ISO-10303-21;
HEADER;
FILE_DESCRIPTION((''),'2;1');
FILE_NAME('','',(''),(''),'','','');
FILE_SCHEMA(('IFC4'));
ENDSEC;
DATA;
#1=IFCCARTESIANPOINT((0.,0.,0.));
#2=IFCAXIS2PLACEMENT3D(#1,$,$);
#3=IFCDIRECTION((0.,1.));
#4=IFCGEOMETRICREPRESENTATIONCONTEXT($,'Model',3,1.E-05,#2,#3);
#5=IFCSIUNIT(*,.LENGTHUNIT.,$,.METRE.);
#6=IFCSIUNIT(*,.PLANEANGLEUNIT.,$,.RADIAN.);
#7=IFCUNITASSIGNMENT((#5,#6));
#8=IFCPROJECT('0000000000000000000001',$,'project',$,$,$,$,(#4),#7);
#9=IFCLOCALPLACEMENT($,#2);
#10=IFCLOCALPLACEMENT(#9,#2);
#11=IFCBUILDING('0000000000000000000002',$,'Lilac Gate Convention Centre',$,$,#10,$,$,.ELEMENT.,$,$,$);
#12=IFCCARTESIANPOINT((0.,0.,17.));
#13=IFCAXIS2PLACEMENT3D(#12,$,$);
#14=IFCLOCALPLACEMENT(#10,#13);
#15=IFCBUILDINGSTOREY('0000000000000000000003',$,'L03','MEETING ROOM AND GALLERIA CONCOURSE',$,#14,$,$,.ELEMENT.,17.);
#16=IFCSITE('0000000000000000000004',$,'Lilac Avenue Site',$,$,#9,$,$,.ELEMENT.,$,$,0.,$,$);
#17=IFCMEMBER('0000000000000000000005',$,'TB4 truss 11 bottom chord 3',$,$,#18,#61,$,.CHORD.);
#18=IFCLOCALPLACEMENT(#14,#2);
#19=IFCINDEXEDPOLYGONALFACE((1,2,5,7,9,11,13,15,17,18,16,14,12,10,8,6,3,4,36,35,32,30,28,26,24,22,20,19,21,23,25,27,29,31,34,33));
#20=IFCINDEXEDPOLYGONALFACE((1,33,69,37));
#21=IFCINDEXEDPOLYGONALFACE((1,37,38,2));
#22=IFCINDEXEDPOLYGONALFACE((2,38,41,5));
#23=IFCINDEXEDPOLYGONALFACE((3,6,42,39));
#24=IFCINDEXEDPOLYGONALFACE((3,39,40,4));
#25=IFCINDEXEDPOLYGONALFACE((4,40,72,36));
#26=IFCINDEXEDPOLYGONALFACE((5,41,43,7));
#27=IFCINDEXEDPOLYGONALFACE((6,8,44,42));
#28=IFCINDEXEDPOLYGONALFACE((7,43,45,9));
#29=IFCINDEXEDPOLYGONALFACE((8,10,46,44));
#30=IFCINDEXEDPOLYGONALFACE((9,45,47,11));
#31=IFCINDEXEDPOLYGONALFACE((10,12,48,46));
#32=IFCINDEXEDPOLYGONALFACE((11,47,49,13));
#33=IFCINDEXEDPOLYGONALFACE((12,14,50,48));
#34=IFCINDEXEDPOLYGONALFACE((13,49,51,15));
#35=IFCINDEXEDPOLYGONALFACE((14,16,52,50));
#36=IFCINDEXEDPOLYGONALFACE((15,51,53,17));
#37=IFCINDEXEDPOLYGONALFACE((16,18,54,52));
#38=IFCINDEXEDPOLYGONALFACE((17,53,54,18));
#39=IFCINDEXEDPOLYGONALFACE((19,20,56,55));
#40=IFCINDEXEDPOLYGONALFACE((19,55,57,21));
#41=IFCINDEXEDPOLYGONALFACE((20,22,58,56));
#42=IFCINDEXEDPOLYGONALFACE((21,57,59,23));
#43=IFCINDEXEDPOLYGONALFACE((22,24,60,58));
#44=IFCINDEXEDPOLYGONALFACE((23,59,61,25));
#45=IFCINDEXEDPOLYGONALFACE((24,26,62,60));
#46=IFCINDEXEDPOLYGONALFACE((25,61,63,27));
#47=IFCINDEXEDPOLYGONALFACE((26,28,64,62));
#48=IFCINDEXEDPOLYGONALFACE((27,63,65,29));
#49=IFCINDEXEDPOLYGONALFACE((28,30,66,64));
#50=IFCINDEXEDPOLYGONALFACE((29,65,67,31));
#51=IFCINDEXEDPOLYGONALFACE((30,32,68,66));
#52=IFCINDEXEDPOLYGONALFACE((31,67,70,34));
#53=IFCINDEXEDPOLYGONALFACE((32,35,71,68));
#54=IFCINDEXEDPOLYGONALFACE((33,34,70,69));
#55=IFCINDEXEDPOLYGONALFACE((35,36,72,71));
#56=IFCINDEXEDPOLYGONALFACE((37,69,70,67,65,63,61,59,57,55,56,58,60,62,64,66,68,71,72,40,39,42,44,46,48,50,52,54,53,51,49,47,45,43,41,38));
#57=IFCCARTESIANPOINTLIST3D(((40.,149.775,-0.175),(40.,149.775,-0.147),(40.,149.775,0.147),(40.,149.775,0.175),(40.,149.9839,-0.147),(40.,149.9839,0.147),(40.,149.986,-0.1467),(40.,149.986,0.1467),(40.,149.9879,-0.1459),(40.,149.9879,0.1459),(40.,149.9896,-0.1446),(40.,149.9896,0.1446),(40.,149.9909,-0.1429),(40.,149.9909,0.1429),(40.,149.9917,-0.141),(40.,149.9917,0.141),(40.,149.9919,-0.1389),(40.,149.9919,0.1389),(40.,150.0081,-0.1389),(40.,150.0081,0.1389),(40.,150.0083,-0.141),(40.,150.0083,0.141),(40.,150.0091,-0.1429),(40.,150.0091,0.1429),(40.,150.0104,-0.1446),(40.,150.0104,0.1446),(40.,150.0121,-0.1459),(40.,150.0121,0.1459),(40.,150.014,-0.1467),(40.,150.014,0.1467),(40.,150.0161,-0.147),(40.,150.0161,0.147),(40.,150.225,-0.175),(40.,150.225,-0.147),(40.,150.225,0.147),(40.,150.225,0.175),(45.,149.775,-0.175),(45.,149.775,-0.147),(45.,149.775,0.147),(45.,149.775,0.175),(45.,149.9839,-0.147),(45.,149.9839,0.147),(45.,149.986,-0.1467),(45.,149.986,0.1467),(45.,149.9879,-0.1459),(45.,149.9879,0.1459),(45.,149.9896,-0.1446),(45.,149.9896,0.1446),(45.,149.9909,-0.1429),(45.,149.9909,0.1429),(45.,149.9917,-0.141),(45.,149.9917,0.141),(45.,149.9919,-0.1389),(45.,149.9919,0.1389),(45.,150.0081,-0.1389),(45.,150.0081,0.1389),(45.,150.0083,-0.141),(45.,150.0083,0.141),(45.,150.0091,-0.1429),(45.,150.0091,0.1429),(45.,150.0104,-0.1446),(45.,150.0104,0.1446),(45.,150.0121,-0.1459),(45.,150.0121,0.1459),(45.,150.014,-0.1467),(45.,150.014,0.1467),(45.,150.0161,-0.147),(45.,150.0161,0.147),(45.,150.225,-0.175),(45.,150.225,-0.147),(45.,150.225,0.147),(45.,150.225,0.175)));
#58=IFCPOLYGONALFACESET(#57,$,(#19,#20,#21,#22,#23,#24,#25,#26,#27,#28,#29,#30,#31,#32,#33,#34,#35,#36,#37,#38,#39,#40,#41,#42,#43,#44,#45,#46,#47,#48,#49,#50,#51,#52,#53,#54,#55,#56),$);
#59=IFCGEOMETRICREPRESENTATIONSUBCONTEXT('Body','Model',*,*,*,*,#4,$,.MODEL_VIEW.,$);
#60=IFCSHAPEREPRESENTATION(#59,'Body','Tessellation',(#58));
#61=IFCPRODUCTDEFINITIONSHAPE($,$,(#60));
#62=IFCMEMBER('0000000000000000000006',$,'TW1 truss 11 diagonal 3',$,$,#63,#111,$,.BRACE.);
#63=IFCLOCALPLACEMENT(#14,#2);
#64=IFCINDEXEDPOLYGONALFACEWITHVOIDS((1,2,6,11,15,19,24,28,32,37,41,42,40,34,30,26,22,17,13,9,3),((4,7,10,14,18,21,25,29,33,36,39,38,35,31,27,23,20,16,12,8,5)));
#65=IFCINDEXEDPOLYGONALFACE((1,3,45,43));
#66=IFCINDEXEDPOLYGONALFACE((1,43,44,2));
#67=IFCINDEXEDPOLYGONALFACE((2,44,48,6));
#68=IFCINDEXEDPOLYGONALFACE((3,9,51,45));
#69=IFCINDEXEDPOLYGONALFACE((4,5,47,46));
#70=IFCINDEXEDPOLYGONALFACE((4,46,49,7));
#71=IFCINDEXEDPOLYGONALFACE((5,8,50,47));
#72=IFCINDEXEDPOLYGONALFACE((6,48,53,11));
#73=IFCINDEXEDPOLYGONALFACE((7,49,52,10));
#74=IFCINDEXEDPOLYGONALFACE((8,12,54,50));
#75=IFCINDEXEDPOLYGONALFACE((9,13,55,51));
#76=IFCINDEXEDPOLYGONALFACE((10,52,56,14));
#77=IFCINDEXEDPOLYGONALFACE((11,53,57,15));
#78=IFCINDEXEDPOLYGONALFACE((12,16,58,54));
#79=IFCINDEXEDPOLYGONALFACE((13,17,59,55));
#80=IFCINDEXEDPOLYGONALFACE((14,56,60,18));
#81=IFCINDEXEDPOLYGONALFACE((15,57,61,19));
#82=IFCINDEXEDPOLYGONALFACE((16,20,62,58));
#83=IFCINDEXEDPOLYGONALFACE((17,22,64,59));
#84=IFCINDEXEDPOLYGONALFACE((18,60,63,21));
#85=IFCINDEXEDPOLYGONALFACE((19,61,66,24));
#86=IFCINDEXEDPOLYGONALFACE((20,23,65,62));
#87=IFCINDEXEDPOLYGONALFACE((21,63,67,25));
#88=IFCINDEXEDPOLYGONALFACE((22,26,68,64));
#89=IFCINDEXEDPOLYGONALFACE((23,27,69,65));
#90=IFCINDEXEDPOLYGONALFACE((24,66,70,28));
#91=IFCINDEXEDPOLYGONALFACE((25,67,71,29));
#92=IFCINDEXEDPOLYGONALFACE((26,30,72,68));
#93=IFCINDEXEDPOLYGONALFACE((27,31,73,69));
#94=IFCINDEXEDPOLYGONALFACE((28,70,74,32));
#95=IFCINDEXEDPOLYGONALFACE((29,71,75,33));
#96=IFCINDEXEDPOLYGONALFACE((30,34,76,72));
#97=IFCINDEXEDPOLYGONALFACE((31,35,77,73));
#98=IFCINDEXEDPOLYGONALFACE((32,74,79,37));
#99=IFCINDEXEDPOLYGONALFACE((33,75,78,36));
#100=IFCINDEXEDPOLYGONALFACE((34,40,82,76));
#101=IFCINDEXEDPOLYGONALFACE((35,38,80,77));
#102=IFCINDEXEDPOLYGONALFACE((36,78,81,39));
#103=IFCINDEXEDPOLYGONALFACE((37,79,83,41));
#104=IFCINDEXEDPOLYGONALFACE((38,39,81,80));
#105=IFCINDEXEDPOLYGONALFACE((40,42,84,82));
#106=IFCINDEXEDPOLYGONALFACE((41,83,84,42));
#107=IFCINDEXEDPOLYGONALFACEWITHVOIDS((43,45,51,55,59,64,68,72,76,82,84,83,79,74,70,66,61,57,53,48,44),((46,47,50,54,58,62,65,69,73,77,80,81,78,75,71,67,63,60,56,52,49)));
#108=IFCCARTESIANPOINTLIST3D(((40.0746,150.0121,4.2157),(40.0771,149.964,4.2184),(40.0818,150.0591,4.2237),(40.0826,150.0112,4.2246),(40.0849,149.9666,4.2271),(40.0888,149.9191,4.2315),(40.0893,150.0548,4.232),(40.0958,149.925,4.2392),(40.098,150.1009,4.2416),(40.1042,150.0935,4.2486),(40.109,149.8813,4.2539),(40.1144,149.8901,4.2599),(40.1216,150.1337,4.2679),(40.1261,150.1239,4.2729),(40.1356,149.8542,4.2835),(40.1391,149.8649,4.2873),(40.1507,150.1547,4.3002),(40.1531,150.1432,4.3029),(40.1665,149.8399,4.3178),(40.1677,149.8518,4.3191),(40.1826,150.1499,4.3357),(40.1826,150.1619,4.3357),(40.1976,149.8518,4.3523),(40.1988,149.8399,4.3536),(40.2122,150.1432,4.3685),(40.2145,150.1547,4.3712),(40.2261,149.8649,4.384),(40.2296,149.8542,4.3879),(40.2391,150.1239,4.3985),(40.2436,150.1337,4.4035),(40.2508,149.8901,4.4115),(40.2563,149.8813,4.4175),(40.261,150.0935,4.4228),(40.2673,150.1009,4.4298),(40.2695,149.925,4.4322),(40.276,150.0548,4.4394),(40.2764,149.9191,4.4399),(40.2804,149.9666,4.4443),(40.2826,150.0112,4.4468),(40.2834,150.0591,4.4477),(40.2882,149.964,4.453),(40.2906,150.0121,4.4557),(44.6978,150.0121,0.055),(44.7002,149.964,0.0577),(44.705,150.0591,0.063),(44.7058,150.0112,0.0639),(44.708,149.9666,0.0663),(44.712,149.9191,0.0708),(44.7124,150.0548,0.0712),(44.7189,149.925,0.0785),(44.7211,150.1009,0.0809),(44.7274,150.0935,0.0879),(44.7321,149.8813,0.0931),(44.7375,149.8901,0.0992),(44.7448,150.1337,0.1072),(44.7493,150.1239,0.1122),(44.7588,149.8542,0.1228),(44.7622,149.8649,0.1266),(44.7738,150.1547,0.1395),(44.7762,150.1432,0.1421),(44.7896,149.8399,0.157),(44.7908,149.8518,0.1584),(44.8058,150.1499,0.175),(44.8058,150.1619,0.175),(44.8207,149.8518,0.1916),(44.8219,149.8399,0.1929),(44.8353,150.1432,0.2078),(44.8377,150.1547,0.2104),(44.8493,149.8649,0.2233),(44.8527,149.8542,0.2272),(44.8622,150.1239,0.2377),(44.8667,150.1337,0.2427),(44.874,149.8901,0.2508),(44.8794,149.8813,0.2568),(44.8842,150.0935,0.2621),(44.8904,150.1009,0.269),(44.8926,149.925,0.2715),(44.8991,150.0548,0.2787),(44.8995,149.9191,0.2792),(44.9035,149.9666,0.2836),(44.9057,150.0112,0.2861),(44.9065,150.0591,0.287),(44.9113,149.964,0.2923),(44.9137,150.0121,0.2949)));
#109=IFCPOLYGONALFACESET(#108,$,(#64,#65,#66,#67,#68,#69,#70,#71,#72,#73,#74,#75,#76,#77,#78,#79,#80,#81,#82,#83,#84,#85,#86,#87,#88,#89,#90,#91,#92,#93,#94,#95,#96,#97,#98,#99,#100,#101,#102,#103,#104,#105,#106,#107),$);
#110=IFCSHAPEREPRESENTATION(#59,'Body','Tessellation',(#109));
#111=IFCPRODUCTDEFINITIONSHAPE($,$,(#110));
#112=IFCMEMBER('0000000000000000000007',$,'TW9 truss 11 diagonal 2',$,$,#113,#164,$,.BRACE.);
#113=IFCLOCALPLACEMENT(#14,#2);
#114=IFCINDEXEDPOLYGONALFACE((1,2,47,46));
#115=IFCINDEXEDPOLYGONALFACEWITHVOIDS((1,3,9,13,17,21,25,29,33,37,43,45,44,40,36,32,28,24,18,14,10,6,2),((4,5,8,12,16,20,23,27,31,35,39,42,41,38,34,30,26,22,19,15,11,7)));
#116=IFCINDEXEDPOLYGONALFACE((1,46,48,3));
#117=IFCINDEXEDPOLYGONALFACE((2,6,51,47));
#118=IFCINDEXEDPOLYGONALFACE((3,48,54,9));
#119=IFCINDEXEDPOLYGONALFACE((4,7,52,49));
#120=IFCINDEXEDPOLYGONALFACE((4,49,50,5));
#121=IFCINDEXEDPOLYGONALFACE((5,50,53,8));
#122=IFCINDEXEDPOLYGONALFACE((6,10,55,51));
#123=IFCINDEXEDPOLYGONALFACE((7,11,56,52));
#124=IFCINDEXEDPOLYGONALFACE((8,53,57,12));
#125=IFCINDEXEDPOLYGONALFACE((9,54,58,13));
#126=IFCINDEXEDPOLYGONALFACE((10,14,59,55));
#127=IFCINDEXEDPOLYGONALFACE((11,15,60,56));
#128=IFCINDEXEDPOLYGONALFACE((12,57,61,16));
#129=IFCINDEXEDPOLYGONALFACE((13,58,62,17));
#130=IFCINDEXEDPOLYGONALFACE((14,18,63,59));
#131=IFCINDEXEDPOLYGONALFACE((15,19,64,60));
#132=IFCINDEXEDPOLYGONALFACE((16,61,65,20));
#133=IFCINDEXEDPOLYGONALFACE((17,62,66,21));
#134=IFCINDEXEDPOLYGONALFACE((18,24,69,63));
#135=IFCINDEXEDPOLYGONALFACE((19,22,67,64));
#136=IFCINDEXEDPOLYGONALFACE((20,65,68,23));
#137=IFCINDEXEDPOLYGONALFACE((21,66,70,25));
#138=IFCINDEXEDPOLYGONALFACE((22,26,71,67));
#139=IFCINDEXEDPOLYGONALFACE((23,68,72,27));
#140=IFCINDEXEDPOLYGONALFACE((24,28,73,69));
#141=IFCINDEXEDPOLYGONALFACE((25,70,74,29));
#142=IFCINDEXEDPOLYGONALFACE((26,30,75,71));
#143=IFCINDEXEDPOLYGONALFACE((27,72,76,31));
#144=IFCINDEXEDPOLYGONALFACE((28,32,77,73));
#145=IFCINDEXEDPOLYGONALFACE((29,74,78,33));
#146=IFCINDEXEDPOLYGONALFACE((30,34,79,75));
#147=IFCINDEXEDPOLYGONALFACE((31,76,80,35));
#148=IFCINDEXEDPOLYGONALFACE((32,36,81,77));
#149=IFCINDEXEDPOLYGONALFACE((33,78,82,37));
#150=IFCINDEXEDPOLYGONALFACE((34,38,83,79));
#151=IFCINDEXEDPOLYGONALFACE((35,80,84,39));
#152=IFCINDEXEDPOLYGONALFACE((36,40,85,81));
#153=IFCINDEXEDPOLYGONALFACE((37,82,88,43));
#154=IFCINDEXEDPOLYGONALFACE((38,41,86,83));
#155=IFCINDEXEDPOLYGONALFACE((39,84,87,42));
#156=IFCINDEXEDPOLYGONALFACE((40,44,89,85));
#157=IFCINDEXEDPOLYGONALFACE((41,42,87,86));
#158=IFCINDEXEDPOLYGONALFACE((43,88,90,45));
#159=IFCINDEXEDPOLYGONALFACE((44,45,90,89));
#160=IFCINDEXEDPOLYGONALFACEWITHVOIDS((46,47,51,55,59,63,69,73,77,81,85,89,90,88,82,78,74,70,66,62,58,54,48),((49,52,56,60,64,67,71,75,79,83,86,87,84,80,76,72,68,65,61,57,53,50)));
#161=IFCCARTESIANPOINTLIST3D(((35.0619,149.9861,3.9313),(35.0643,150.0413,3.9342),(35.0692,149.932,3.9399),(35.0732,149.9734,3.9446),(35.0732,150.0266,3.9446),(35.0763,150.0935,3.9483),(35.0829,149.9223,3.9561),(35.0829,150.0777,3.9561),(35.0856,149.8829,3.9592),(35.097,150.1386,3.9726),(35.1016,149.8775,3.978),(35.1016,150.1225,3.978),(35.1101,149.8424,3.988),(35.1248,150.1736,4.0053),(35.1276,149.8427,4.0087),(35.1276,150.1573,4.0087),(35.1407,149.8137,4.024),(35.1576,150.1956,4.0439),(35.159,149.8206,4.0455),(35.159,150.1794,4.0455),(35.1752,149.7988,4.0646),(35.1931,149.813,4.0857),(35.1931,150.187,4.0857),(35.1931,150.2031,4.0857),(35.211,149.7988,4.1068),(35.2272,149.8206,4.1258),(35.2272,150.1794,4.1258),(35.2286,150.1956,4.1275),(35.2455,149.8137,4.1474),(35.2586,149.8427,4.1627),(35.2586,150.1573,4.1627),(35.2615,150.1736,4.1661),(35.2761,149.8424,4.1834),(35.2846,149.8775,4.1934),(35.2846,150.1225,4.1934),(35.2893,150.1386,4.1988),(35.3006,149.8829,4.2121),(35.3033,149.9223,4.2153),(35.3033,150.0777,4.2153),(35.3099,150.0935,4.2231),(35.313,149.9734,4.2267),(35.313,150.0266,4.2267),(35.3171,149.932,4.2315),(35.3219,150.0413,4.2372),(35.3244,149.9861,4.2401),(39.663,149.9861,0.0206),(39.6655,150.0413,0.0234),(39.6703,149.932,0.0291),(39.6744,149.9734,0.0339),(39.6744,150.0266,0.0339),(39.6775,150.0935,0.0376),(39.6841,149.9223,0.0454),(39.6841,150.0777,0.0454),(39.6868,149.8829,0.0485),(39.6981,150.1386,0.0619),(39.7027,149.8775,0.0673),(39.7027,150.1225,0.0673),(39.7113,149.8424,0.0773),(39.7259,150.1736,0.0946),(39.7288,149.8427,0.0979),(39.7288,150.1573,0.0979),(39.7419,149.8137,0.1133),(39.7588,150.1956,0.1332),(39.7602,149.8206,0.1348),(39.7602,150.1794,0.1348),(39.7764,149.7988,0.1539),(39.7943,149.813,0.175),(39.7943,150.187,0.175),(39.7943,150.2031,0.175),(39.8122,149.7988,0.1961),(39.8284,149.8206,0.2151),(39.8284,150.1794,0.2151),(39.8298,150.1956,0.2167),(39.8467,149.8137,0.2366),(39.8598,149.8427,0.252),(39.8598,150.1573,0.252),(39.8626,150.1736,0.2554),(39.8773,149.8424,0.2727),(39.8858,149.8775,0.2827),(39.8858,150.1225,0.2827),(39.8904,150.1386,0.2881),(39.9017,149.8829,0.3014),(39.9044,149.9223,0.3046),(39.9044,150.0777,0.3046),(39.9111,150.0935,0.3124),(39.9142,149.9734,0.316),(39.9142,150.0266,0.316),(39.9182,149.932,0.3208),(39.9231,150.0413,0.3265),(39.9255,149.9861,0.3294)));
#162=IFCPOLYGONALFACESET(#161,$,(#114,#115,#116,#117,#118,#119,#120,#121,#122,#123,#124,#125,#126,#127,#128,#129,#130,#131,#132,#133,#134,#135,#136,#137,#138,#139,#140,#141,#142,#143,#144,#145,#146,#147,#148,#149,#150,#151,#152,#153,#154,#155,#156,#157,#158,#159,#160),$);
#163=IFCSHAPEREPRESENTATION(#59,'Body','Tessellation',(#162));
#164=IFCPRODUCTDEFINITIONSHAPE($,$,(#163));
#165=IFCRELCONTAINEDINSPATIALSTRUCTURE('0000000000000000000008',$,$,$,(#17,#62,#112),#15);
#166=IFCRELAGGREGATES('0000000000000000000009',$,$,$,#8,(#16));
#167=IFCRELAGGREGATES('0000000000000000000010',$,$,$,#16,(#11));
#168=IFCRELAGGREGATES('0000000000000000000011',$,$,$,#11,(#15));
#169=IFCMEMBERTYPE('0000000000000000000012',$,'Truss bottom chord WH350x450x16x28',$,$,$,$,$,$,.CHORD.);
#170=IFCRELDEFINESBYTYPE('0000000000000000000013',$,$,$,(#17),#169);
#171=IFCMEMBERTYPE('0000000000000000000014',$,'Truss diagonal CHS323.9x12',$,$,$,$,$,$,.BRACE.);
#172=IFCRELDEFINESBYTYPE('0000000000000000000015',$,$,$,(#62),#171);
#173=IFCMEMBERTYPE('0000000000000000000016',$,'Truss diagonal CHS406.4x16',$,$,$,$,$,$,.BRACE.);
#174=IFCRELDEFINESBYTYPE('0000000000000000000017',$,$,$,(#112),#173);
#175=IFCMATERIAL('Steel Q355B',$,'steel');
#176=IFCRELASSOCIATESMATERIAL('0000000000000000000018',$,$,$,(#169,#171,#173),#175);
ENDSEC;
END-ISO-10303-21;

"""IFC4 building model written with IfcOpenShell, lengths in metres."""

from ifc_helpers import new_model, si_unit, direction, frame, origin, origin_2d, place, context, subcontext, project, spatial, hollow_circle, i_section, extrude, material, material_profile, profile_set, type_object, element, save


model = new_model("IFC4")

# Units and contexts
model_context = context("Model", 3, precision=1e-05, world=origin(), true_north=direction((0.0, 1.0)))
body_context = subcontext(model_context, "Body", "Model", "MODEL_VIEW")
ifc_project = project(units=[si_unit("LENGTHUNIT", "METRE"), si_unit("PLANEANGLEUNIT", "RADIAN")], contexts=[model_context])

# Site, building, storey
site_placement = place(None, origin())
site = spatial("IfcSite", under=ifc_project, at=site_placement, Name="Lilac Avenue Site", CompositionType="ELEMENT", RefElevation=0.0)
building_placement = place(site_placement, origin())
building = spatial("IfcBuilding", under=site, at=building_placement, Name="Lilac Gate Convention Centre", CompositionType="ELEMENT")
storey_placement = place(building_placement, frame((0.0, 0.0, 17.0)))
storey = spatial("IfcBuildingStorey", under=building, at=storey_placement, Name="L03", Description="MEETING ROOM AND GALLERIA CONCOURSE", CompositionType="ELEMENT", Elevation=17.0)

# Members
ifc_material = material(Name="Steel Q355B", Category="steel")
ifc_material_profile_1 = material_profile(ifc_material, i_section(OverallWidth=0.45, OverallDepth=0.3501, WebThickness=0.0161, FlangeThickness=0.0281, FilletRadius=0.0081, at=origin_2d()), Name="WH350x450x16x28")
ifc_profile_set_1 = profile_set([ifc_material_profile_1], Name="Steel Q355B")
member_type_1 = type_object("IfcMemberType", Name="Truss bottom chord WH350x450x16x28", PredefinedType="CHORD", material=ifc_profile_set_1)
member_1_placement = place(storey_placement, frame((40.0, 150.0, 0.0), z_axis=(1.0, 0.0, 0.0), x_axis=(0.0, 1.0, 0.0)))
element("IfcMember", 1, at=member_1_placement, inside=storey, type_object=member_type_1, Name="TB4 truss 11 bottom chord 3", PredefinedType="CHORD", context=body_context, shape_type="SweptSolid", body=[
    extrude(i_section(OverallWidth=0.45, OverallDepth=0.3501, WebThickness=0.0161, FlangeThickness=0.0281, FilletRadius=0.0081, at=origin_2d()), origin(), (0.0, 0.0, 1.0), 5.0),
])
ifc_material_profile_2 = material_profile(ifc_material, hollow_circle(Radius=0.1619, WallThickness=0.012, at=origin_2d()), Name="CHS323.9x12")
ifc_profile_set_2 = profile_set([ifc_material_profile_2], Name="Steel Q355B")
member_type_2 = type_object("IfcMemberType", Name="Truss diagonal CHS323.9x12", PredefinedType="BRACE", material=ifc_profile_set_2)
member_2_placement = place(storey_placement, frame((40.1826, 150.0, 4.3357), z_axis=(0.743302, 0.0, -0.668956), x_axis=(0.0, 1.0, 0.0)))
element("IfcMember", 2, at=member_2_placement, inside=storey, type_object=member_type_2, Name="TW1 truss 11 diagonal 3", PredefinedType="BRACE", context=body_context, shape_type="SweptSolid", body=[
    extrude(hollow_circle(Radius=0.1619, WallThickness=0.012, at=origin_2d()), origin(), (0.0, 0.0, 1.0), 6.2197),
])
ifc_material_profile_3 = material_profile(ifc_material, hollow_circle(Radius=0.2031, WallThickness=0.0161, at=origin_2d()), Name="CHS406.4x16")
ifc_profile_set_3 = profile_set([ifc_material_profile_3], Name="Steel Q355B")
member_type_3 = type_object("IfcMemberType", Name="Truss diagonal CHS406.4x16", PredefinedType="BRACE", material=ifc_profile_set_3)
member_3_placement = place(storey_placement, frame((35.1931, 150.0, 4.0857), z_axis=(0.761961, 0.0, -0.647623), x_axis=(0.0, 1.0, 0.0)))
element("IfcMember", 3, at=member_3_placement, inside=storey, type_object=member_type_3, Name="TW9 truss 11 diagonal 2", PredefinedType="BRACE", context=body_context, shape_type="SweptSolid", body=[
    extrude(hollow_circle(Radius=0.2031, WallThickness=0.0161, at=origin_2d()), origin(), (0.0, 0.0, 1.0), 6.0386),
])

save(model, "model.ifc")
